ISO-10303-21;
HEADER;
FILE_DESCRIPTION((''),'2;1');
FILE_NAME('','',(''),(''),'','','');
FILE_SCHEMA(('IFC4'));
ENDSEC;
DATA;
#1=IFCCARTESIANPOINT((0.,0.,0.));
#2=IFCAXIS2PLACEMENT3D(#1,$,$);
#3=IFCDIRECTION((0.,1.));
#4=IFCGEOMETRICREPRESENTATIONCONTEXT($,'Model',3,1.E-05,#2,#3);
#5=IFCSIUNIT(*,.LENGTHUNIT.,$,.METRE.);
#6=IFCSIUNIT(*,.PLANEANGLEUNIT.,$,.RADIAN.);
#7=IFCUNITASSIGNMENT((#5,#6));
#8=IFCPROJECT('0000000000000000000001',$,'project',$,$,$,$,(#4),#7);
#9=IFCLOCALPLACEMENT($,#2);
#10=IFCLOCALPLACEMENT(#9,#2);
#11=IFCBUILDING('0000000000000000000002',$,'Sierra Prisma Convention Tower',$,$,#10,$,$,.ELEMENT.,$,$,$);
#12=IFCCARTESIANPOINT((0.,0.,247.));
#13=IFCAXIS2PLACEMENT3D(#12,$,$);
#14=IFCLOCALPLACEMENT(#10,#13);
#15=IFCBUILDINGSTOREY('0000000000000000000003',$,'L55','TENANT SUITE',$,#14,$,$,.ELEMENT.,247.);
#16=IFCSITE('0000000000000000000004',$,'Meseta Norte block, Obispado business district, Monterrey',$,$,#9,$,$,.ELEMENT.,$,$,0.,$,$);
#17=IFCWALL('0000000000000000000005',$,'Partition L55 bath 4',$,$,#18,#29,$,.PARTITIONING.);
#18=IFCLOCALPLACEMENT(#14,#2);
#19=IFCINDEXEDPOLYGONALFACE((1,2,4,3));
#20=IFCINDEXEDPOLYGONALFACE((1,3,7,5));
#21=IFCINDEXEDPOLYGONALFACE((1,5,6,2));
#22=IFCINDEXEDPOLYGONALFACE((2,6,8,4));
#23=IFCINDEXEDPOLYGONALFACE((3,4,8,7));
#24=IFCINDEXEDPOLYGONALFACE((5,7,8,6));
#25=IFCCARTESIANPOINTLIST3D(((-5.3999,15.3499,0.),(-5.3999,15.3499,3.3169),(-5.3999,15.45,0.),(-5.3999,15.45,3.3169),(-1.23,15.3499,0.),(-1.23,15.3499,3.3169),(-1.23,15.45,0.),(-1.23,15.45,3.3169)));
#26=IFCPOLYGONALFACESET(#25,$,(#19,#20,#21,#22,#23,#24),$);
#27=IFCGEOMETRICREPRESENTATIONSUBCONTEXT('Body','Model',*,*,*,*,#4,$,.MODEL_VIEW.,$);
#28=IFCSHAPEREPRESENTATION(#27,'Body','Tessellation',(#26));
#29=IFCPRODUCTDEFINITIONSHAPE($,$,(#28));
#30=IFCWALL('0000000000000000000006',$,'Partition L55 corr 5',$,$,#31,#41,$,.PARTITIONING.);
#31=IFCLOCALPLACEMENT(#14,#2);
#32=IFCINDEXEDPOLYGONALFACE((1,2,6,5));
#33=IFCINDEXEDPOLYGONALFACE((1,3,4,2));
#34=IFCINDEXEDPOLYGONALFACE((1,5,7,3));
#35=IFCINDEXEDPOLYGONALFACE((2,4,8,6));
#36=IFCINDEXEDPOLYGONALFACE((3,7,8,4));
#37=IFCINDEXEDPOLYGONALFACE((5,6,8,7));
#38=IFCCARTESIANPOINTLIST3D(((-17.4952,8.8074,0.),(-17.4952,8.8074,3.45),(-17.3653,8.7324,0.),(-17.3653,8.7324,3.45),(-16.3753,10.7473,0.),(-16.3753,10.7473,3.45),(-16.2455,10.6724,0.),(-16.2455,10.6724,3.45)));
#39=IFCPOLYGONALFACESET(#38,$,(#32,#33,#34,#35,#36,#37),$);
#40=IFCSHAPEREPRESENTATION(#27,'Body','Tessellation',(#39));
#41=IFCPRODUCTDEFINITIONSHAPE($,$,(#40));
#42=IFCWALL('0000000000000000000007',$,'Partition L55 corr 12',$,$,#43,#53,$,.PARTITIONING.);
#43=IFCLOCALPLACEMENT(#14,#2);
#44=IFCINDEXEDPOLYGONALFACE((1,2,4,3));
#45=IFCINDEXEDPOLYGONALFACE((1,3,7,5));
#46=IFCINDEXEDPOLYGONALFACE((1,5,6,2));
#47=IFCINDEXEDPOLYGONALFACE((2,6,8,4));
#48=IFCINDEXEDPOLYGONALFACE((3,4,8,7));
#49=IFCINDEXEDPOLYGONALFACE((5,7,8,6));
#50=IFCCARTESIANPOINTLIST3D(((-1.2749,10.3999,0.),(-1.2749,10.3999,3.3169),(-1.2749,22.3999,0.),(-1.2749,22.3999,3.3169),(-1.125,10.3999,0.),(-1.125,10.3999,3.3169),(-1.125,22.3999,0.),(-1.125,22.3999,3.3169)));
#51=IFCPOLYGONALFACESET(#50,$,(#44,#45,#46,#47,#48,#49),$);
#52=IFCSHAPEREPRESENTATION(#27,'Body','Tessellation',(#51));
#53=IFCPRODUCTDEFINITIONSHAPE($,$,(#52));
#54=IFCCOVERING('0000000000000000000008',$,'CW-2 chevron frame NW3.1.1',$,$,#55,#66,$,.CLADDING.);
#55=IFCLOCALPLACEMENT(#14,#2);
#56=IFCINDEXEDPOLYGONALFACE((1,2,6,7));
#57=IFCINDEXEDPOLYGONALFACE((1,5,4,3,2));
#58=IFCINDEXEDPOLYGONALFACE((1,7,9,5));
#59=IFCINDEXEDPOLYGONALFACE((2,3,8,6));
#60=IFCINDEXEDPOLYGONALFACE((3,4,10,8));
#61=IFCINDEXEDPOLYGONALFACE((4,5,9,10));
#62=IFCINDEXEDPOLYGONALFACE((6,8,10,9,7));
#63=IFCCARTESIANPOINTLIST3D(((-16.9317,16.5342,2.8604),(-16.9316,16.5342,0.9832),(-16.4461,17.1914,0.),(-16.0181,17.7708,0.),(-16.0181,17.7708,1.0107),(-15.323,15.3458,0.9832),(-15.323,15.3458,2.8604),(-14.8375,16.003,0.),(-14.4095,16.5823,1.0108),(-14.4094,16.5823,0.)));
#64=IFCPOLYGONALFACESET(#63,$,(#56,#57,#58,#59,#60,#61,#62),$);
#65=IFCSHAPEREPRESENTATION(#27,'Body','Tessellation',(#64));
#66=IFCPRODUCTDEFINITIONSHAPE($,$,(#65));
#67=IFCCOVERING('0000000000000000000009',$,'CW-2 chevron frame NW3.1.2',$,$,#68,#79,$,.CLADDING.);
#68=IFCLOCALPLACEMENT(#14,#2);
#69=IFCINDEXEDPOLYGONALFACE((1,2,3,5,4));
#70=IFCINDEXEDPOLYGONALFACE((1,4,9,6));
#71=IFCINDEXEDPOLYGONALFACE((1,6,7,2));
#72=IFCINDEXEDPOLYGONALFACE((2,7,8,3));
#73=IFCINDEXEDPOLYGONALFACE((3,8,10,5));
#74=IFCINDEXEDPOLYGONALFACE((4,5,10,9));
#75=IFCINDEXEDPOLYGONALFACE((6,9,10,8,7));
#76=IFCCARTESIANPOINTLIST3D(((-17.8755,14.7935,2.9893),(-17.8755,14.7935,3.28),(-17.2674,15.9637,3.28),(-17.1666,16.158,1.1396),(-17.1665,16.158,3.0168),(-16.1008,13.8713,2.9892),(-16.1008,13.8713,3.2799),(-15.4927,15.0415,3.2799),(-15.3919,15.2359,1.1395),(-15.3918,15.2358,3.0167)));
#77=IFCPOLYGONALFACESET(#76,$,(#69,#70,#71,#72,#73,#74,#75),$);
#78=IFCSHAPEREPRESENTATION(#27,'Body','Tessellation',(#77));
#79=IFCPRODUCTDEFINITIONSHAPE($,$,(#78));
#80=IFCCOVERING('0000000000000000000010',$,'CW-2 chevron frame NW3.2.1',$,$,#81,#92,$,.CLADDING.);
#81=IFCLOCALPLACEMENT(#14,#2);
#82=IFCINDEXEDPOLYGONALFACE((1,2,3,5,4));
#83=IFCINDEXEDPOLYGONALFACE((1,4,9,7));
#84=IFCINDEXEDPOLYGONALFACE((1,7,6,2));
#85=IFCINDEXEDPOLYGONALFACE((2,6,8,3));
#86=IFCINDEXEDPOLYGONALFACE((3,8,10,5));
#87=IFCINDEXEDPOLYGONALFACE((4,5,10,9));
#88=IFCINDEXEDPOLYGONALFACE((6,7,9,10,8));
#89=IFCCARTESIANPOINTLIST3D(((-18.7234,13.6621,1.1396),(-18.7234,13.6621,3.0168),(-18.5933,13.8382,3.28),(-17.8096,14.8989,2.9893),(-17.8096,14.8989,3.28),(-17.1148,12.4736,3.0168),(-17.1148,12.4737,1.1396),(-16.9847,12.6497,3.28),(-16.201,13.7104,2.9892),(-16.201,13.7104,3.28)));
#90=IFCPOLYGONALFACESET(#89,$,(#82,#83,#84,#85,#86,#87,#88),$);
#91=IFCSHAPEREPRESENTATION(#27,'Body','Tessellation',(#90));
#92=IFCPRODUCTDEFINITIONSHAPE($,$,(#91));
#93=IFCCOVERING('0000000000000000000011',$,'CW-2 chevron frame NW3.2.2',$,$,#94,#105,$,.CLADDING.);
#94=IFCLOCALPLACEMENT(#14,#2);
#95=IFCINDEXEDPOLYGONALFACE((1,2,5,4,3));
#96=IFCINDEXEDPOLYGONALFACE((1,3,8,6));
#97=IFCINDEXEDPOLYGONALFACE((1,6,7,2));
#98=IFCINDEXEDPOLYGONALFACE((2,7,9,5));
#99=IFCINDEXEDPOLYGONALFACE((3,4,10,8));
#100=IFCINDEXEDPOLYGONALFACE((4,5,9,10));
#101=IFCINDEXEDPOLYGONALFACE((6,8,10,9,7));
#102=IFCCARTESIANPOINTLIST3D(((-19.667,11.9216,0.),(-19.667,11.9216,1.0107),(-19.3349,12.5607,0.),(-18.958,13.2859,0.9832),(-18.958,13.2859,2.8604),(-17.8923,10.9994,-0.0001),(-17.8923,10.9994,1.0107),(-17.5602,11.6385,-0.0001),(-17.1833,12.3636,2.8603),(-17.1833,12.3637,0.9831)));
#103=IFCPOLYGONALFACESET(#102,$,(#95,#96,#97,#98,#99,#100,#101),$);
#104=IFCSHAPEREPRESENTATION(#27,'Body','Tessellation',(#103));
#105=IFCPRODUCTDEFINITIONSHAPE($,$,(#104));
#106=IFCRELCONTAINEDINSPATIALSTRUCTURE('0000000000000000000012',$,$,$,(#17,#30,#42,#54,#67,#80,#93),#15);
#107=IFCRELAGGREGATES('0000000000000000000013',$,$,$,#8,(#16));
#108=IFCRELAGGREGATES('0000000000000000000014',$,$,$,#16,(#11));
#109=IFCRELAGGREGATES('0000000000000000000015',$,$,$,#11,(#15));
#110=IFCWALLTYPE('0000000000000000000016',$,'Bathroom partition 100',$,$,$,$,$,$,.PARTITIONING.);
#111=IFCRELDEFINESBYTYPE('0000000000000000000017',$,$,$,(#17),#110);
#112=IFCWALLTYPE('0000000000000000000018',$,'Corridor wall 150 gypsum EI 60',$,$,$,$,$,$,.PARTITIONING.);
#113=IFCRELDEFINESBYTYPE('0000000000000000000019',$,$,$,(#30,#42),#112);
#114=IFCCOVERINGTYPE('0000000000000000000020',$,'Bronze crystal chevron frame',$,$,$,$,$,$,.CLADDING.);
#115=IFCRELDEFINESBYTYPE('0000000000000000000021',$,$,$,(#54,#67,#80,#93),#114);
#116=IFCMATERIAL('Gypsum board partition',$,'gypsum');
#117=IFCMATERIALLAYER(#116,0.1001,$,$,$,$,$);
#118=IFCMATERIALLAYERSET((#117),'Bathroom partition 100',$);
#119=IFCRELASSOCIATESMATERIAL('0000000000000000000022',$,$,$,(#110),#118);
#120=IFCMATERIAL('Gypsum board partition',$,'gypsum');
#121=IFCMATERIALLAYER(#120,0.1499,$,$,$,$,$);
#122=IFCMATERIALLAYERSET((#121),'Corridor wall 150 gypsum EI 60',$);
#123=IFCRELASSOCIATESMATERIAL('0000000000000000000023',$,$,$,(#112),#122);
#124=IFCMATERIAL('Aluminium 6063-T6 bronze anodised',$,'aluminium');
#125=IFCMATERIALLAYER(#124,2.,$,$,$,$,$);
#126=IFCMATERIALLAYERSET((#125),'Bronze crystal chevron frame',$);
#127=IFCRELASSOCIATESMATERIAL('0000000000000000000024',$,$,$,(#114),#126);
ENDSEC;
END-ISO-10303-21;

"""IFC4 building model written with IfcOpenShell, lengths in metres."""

from ifc_helpers import new_model, si_unit, direction, frame, frame_2d, origin, place, context, subcontext, project, spatial, polyline, rectangle, outline, extrude, material, layer, layer_set, type_object, element, save


model = new_model("IFC4")

# Units and contexts
model_context = context("Model", 3, precision=1e-05, world=origin(), true_north=direction((0.0, 1.0)))
body_context = subcontext(model_context, "Body", "Model", "MODEL_VIEW")
ifc_project = project(units=[si_unit("LENGTHUNIT", "METRE"), si_unit("PLANEANGLEUNIT", "RADIAN")], contexts=[model_context])

# Site, building, storey
site_placement = place(None, origin())
site = spatial("IfcSite", under=ifc_project, at=site_placement, Name="Meseta Norte block, Obispado business district, Monterrey", CompositionType="ELEMENT", RefElevation=0.0)
building_placement = place(site_placement, origin())
building = spatial("IfcBuilding", under=site, at=building_placement, Name="Sierra Prisma Convention Tower", CompositionType="ELEMENT")
storey_placement = place(building_placement, frame((0.0, 0.0, 247.0)))
storey = spatial("IfcBuildingStorey", under=building, at=storey_placement, Name="L55", Description="TENANT SUITE", CompositionType="ELEMENT", Elevation=247.0)

# Walls
ifc_material_1 = material(Name="Gypsum board partition", Category="gypsum")
ifc_layer_1 = layer(ifc_material_1, 0.1001)
ifc_layer_set_1 = layer_set([ifc_layer_1], Name="Bathroom partition 100")
wall_type_1 = type_object("IfcWallType", Name="Bathroom partition 100", PredefinedType="PARTITIONING", material=ifc_layer_set_1)
wall_1_placement = place(storey_placement, frame((-5.3999, 15.3999, 0.0), z_axis=(0.0, 0.0, 1.0), x_axis=(1.0, 0.0, 0.0)))
element("IfcWall", 1, at=wall_1_placement, inside=storey, type_object=wall_type_1, Name="Partition L55 bath 4", PredefinedType="PARTITIONING", context=body_context, shape_type="SweptSolid", body=[
    extrude(rectangle(XDim=4.1699, YDim=0.1001, at=frame_2d((2.085, 0.0))), origin(), (0.0, 0.0, 1.0), 3.3169),
])
ifc_material_2 = material(Name="Gypsum board partition", Category="gypsum")
ifc_layer_2 = layer(ifc_material_2, 0.1499)
ifc_layer_set_2 = layer_set([ifc_layer_2], Name="Corridor wall 150 gypsum EI 60")
wall_type_2 = type_object("IfcWallType", Name="Corridor wall 150 gypsum EI 60", PredefinedType="PARTITIONING", material=ifc_layer_set_2)
wall_2_placement = place(storey_placement, frame((-16.3103, 10.71, 0.0), z_axis=(0.0, 0.0, 1.0), x_axis=(-0.499949, -0.866055, 0.0)))
element("IfcWall", 2, at=wall_2_placement, inside=storey, type_object=wall_type_2, Name="Partition L55 corr 5", PredefinedType="PARTITIONING", context=body_context, shape_type="SweptSolid", body=[
    extrude(rectangle(XDim=2.24, YDim=0.1499, at=frame_2d((1.1201, 0.0))), origin(), (0.0, 0.0, 1.0), 3.45),
])
wall_3_placement = place(storey_placement, frame((-1.2, 22.3999, 0.0), z_axis=(0.0, 0.0, 1.0), x_axis=(0.0, -1.0, 0.0)))
element("IfcWall", 3, at=wall_3_placement, inside=storey, type_object=wall_type_2, Name="Partition L55 corr 12", PredefinedType="PARTITIONING", context=body_context, shape_type="SweptSolid", body=[
    extrude(rectangle(XDim=12.0, YDim=0.1499, at=frame_2d((6.0, 0.0))), origin(), (0.0, 0.0, 1.0), 3.3169),
])

# Coverings
ifc_material_3 = material(Name="Aluminium 6063-T6 bronze anodised", Category="aluminium")
ifc_layer_3 = layer(ifc_material_3, 2.0)
ifc_layer_set_3 = layer_set([ifc_layer_3], Name="Bronze crystal chevron frame")
covering_type = type_object("IfcCoveringType", Name="Bronze crystal chevron frame", PredefinedType="CLADDING", material=ifc_layer_set_3)
covering_1_placement = place(storey_placement, frame((-16.0181, 17.7708, 0.0), z_axis=(-0.804308, 0.594212, -0.00001), x_axis=(-0.594212, -0.804308, 0.0)))
element("IfcCovering", 4, at=covering_1_placement, inside=storey, type_object=covering_type, Name="CW-2 chevron frame NW3.1.1", PredefinedType="CLADDING", context=body_context, shape_type="SweptSolid", body=[
    extrude(outline(polyline([(0.0, 0.0), (0.7203, 0.0), (1.5374, 0.9832), (1.5374, 2.8604), (0.0, 1.0107), (0.0, 0.0)])), origin(), (0.0, 0.0, -1.0), 2.0),
])
covering_2_placement = place(storey_placement, frame((-17.1665, 16.158, 3.0168), z_axis=(-0.887361, 0.461076, 0.000054), x_axis=(-0.000048, 0.000025, -1.0)))
element("IfcCovering", 5, at=covering_2_placement, inside=storey, type_object=covering_type, Name="CW-2 chevron frame NW3.1.2", PredefinedType="CLADDING", context=body_context, shape_type="SweptSolid", body=[
    extrude(outline(polyline([(0.0, 0.0), (1.8772, 0.0), (0.0276, 1.5377), (-0.2632, 1.5377), (-0.2632, 0.2189), (0.0, 0.0)])), origin(), (0.0, 0.0, -1.0), 2.0),
])
covering_3_placement = place(storey_placement, frame((-17.8096, 14.8989, 3.28), z_axis=(-0.804287, 0.59424, 0.000024), x_axis=(-0.000019, 0.000014, -1.0)))
element("IfcCovering", 6, at=covering_3_placement, inside=storey, type_object=covering_type, Name="CW-2 chevron frame NW3.2.1", PredefinedType="CLADDING", context=body_context, shape_type="SweptSolid", body=[
    extrude(outline(polyline([(0.0, 0.0), (0.2908, 0.0), (2.1404, 1.5378), (0.2632, 1.5378), (0.0, 1.3189), (0.0, 0.0)])), origin(), (0.0, 0.0, -1.0), 2.0),
])
covering_4_placement = place(storey_placement, frame((-19.667, 11.9216, 0.0), z_axis=(-0.887341, 0.461113, 0.000035), x_axis=(0.000031, -0.000016, 1.0)))
element("IfcCovering", 7, at=covering_4_placement, inside=storey, type_object=covering_type, Name="CW-2 chevron frame NW3.2.2", PredefinedType="CLADDING", context=body_context, shape_type="SweptSolid", body=[
    extrude(outline(polyline([(0.0, 0.0), (1.0107, 0.0), (2.8604, 1.5375), (0.9832, 1.5375), (0.0, 0.7203), (0.0, 0.0)])), origin(), (0.0, 0.0, -1.0), 2.0),
])

save(model, "model.ifc")
